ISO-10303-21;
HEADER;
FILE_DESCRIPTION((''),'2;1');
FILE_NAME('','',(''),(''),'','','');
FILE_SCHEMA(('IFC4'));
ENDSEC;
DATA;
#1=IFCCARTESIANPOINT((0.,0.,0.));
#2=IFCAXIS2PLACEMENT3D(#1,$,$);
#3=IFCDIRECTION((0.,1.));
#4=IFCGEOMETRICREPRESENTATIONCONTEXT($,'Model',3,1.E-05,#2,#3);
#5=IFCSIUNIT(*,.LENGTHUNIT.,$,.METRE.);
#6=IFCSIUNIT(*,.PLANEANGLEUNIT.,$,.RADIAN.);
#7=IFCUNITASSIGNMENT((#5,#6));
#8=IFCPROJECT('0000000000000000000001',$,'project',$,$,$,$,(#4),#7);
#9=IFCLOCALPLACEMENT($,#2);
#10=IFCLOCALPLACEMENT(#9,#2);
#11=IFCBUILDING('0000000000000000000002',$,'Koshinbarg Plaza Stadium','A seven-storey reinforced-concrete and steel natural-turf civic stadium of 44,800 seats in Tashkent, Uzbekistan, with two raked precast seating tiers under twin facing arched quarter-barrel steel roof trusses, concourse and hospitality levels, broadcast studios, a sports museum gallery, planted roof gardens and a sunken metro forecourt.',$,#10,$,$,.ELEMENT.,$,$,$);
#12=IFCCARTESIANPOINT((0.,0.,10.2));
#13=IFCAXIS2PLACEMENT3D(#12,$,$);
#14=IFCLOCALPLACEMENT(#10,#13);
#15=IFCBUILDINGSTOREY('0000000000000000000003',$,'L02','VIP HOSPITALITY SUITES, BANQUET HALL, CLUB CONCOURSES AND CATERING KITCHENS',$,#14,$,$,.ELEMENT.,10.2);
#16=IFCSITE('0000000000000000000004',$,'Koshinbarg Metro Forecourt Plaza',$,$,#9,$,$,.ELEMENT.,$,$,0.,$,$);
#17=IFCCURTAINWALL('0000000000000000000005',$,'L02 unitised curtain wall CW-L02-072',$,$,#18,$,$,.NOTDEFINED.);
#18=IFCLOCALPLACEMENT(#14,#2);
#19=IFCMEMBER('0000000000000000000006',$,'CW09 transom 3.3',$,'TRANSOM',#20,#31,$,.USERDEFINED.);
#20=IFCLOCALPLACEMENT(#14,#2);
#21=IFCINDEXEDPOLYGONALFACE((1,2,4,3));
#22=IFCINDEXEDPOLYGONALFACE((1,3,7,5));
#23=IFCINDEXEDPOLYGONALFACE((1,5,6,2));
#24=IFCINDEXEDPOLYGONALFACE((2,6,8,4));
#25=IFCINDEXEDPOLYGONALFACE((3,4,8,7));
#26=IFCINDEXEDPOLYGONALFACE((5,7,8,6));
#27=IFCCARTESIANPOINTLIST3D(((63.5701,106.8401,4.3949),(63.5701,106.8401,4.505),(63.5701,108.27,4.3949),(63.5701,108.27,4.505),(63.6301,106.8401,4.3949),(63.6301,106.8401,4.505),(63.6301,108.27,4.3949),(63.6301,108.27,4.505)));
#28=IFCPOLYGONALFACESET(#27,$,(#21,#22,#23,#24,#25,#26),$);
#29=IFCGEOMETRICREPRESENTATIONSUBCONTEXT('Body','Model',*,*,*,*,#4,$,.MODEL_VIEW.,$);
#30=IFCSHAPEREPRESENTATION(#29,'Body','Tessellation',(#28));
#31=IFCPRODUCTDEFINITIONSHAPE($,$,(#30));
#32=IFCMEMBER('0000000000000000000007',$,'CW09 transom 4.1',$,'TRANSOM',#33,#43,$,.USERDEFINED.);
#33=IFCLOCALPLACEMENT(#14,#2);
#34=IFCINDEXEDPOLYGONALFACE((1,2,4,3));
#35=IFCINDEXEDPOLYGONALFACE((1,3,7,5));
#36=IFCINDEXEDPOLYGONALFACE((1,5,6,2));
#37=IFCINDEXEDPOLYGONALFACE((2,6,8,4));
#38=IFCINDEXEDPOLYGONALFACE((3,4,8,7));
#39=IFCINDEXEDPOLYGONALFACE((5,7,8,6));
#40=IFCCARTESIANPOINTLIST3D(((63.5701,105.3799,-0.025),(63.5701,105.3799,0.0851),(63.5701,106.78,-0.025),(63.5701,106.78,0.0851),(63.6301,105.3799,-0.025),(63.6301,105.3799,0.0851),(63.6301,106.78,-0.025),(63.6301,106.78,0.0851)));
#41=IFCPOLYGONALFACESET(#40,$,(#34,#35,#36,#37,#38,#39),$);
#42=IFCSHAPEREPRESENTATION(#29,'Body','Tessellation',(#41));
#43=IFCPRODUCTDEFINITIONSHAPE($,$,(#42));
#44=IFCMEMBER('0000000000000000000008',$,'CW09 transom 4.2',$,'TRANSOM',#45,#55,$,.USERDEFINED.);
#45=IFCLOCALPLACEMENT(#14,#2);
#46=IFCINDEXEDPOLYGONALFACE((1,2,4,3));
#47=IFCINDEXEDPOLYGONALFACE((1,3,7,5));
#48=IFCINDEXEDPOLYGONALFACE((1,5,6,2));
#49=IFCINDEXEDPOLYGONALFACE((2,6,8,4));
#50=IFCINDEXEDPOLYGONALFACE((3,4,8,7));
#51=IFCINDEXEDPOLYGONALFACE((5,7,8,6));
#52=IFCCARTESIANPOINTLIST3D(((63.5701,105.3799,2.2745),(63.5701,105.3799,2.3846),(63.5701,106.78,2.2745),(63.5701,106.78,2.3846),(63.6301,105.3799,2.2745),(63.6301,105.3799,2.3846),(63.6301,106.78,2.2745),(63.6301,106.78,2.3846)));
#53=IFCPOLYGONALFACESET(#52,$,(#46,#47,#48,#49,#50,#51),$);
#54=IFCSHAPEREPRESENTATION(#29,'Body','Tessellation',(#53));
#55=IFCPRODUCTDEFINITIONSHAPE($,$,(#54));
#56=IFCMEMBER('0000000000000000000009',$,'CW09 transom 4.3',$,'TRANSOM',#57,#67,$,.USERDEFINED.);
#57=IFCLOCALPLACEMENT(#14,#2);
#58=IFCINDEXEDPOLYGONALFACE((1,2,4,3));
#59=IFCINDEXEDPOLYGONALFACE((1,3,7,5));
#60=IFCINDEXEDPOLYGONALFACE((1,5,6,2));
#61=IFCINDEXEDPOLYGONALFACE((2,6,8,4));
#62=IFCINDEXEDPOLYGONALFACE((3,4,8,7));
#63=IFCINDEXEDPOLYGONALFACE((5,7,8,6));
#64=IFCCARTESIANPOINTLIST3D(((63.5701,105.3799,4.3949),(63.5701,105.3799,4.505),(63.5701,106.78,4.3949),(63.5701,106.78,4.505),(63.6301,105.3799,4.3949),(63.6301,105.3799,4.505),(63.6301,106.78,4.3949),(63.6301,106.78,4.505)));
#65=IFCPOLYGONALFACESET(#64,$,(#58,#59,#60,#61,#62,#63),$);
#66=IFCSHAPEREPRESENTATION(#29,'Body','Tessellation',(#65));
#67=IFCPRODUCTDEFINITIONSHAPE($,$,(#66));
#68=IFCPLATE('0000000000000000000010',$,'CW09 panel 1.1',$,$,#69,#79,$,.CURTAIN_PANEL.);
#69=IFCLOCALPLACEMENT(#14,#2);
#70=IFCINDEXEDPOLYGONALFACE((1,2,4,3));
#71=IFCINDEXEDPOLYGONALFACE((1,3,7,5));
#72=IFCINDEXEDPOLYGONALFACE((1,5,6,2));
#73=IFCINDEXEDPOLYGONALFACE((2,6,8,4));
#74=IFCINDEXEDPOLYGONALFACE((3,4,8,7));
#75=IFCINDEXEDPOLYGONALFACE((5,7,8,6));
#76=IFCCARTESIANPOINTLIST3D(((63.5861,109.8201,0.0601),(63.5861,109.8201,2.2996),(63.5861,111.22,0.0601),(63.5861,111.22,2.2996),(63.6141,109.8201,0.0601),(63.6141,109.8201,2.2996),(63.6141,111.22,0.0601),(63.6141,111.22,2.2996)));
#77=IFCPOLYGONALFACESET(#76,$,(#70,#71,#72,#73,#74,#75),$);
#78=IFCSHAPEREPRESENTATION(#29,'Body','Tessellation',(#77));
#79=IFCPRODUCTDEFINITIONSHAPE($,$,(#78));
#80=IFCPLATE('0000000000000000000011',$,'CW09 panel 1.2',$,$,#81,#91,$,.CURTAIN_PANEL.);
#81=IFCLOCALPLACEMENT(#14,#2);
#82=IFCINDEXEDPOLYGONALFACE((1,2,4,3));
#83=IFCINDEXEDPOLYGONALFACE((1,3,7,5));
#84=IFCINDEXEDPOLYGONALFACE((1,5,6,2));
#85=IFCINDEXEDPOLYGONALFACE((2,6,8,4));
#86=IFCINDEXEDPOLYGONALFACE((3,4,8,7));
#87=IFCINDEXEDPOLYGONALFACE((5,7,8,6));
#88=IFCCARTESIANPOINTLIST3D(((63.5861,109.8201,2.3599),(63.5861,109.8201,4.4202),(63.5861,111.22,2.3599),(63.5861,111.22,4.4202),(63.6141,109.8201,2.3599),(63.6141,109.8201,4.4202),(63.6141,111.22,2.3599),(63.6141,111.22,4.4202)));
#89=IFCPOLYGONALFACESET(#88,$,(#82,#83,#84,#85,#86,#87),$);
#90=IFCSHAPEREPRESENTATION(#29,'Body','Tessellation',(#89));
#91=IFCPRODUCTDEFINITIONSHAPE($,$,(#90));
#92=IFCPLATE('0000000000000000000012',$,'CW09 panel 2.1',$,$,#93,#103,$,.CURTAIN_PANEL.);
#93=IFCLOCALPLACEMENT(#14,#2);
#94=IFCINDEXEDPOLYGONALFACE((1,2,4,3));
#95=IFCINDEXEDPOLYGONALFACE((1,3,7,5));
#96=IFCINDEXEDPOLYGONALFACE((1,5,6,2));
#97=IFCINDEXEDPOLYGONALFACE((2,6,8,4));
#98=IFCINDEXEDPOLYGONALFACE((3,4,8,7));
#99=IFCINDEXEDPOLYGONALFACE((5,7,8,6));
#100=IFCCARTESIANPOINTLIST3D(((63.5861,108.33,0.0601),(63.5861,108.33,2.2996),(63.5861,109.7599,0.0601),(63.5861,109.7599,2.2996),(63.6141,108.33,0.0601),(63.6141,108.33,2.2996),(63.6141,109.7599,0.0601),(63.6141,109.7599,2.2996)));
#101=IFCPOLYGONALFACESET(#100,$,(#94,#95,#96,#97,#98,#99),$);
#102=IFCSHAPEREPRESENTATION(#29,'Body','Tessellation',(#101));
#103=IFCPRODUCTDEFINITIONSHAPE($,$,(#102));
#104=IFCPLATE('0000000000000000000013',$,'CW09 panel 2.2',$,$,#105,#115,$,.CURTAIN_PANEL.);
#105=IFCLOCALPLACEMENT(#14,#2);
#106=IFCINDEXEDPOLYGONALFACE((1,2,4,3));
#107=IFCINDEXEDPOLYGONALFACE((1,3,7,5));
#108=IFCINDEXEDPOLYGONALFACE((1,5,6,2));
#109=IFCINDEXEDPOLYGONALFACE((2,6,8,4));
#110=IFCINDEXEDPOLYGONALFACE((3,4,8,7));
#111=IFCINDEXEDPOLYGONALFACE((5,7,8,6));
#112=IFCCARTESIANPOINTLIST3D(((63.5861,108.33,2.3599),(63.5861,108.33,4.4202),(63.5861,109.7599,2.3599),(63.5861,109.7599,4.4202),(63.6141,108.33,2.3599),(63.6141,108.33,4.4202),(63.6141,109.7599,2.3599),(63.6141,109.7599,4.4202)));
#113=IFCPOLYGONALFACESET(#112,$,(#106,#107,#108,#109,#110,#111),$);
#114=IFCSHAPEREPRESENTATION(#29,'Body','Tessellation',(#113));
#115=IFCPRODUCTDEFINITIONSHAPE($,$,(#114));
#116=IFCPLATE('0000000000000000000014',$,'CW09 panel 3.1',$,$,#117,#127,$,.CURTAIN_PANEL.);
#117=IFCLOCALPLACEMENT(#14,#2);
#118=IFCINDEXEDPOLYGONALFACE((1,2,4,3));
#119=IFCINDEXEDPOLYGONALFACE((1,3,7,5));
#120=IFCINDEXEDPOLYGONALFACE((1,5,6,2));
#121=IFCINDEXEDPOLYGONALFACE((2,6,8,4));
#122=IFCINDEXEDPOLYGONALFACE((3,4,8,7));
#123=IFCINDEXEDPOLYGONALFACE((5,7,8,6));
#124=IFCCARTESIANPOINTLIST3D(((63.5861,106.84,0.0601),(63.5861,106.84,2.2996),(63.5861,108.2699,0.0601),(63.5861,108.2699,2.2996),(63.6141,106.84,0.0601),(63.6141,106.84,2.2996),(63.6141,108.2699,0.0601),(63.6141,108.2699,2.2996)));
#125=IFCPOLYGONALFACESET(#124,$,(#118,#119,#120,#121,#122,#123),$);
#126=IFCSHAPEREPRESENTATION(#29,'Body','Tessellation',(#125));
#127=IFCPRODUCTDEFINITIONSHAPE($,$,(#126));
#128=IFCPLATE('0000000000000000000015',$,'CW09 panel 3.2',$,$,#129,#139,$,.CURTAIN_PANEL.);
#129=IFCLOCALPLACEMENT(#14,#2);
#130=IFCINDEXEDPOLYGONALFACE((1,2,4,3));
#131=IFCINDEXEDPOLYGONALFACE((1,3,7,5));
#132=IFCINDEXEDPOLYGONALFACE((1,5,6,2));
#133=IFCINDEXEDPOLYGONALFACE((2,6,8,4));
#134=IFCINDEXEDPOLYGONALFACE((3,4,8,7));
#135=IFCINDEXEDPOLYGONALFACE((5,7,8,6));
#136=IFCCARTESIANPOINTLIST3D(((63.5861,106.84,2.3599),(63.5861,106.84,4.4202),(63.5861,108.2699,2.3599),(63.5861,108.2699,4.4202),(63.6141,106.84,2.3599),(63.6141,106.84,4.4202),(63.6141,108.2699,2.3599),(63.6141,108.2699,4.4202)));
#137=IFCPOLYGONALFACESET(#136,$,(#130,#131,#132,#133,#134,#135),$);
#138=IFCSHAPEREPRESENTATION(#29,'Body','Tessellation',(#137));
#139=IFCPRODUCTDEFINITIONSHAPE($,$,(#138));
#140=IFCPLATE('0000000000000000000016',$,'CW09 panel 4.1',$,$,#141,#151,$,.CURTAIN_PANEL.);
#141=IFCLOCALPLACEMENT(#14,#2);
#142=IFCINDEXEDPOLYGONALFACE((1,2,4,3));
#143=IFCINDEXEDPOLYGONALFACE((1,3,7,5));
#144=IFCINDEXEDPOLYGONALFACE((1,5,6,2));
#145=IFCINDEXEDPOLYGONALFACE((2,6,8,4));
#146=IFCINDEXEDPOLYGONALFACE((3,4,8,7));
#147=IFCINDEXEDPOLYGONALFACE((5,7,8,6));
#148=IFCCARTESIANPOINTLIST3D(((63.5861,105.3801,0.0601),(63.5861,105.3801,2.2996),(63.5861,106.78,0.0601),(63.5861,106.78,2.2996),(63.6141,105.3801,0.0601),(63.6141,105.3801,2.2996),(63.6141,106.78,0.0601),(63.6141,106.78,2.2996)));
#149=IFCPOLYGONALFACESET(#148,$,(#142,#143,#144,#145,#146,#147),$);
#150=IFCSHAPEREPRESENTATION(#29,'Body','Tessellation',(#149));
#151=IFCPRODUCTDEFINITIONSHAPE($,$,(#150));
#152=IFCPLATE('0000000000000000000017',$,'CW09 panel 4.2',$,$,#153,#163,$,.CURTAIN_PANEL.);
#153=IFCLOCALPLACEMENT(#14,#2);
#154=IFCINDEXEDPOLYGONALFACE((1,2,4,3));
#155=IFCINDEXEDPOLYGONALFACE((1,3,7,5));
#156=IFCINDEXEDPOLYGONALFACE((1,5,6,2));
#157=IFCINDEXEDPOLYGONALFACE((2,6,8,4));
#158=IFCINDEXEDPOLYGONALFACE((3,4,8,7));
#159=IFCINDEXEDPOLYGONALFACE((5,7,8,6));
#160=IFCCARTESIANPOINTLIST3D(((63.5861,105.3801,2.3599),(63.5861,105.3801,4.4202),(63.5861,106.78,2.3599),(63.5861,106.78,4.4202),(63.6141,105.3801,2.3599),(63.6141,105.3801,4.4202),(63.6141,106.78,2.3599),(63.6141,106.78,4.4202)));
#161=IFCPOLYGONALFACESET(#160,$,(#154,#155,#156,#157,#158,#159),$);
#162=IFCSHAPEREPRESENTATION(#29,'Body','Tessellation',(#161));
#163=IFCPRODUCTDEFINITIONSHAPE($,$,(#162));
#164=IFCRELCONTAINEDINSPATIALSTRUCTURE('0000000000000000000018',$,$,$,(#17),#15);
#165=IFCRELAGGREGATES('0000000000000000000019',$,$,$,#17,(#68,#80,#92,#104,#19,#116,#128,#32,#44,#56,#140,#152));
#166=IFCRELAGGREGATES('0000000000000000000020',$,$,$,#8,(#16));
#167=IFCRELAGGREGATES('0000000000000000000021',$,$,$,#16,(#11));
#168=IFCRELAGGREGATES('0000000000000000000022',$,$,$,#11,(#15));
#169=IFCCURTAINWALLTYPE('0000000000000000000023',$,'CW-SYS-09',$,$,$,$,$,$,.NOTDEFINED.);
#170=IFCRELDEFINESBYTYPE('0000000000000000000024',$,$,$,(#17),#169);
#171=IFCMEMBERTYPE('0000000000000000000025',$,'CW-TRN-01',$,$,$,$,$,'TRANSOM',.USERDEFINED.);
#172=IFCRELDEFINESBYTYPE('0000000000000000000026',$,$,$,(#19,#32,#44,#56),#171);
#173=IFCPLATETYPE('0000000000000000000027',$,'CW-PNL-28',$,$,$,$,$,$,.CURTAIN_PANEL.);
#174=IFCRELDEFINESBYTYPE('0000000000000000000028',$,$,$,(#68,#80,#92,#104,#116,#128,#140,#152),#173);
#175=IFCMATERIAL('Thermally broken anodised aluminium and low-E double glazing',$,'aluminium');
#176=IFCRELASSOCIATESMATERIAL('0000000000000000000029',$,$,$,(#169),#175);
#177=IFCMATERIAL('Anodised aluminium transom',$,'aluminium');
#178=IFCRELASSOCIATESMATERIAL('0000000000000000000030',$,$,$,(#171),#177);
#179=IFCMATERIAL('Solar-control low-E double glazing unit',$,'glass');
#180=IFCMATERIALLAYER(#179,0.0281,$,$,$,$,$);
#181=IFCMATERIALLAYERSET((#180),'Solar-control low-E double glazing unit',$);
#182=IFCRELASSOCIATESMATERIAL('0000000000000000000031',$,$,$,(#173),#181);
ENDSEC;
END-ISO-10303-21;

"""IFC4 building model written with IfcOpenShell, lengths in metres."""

from ifc_helpers import new_model, si_unit, direction, frame, origin, origin_2d, place, context, subcontext, project, spatial, rectangle, extrude, material, layer, layer_set, material_profile, profile_set, type_object, element, aggregate, save


model = new_model("IFC4")

# Units and contexts
model_context = context("Model", 3, precision=1e-05, world=origin(), true_north=direction((0.0, 1.0)))
body_context = subcontext(model_context, "Body", "Model", "MODEL_VIEW")
ifc_project = project(units=[si_unit("LENGTHUNIT", "METRE"), si_unit("PLANEANGLEUNIT", "RADIAN")], contexts=[model_context])

# Site, building, storey
site_placement = place(None, origin())
site = spatial("IfcSite", under=ifc_project, at=site_placement, Name="Koshinbarg Metro Forecourt Plaza", CompositionType="ELEMENT", RefElevation=0.0)
building_placement = place(site_placement, origin())
building = spatial("IfcBuilding", under=site, at=building_placement, Name="Koshinbarg Plaza Stadium", Description="A seven-storey reinforced-concrete and steel natural-turf civic stadium of 44,800 seats in Tashkent, Uzbekistan, with two raked precast seating tiers under twin facing arched quarter-barrel steel roof trusses, concourse and hospitality levels, broadcast studios, a sports museum gallery, planted roof gardens and a sunken metro forecourt.", CompositionType="ELEMENT")
storey_placement = place(building_placement, frame((0.0, 0.0, 10.2)))
storey = spatial("IfcBuildingStorey", under=building, at=storey_placement, Name="L02", Description="VIP HOSPITALITY SUITES, BANQUET HALL, CLUB CONCOURSES AND CATERING KITCHENS", CompositionType="ELEMENT", Elevation=10.2)

# Curtain wall
ifc_material_1 = material(Name="Thermally broken anodised aluminium and low-E double glazing", Category="aluminium")
curtain_wall_type_1 = type_object("IfcCurtainWallType", Name="CW-SYS-09", PredefinedType="NOTDEFINED", material=ifc_material_1)
curtain_wall_1_placement = place(storey_placement, origin())
curtain_wall_1 = element("IfcCurtainWall", 1, at=curtain_wall_1_placement, inside=storey, type_object=curtain_wall_type_1, Name="L02 unitised curtain wall CW-L02-072", PredefinedType="NOTDEFINED")

# Members
ifc_material_2 = material(Name="Anodised aluminium transom", Category="aluminium")
ifc_material_profile_1 = material_profile(ifc_material_2, rectangle(XDim=0.0601, YDim=0.1101, at=origin_2d()), Name="ALU 60x110")
ifc_profile_set_1 = profile_set([ifc_material_profile_1], Name="Anodised aluminium transom")
member_type_1 = type_object("IfcMemberType", Name="CW-TRN-01", ElementType="TRANSOM", PredefinedType="USERDEFINED", material=ifc_profile_set_1)
member_1_placement = place(storey_placement, frame((63.6001, 108.27, 4.45), z_axis=(0.0, -1.0, 0.0), x_axis=(1.0, 0.0, 0.0)))
member_1 = element("IfcMember", 2, at=member_1_placement, type_object=member_type_1, Name="CW09 transom 3.3", ObjectType="TRANSOM", PredefinedType="USERDEFINED", context=body_context, shape_type="SweptSolid", body=[
    extrude(rectangle(XDim=0.0601, YDim=0.1101, at=origin_2d()), origin(), (0.0, 0.0, 1.0), 1.4299),
])
member_2_placement = place(storey_placement, frame((63.6001, 106.78, 0.03), z_axis=(0.0, -1.0, 0.0), x_axis=(1.0, 0.0, 0.0)))
member_2 = element("IfcMember", 3, at=member_2_placement, type_object=member_type_1, Name="CW09 transom 4.1", ObjectType="TRANSOM", PredefinedType="USERDEFINED", context=body_context, shape_type="SweptSolid", body=[
    extrude(rectangle(XDim=0.0601, YDim=0.1101, at=origin_2d()), origin(), (0.0, 0.0, 1.0), 1.4001),
])
member_3_placement = place(storey_placement, frame((63.6001, 106.78, 2.3296), z_axis=(0.0, -1.0, 0.0), x_axis=(1.0, 0.0, 0.0)))
member_3 = element("IfcMember", 4, at=member_3_placement, type_object=member_type_1, Name="CW09 transom 4.2", ObjectType="TRANSOM", PredefinedType="USERDEFINED", context=body_context, shape_type="SweptSolid", body=[
    extrude(rectangle(XDim=0.0601, YDim=0.1101, at=origin_2d()), origin(), (0.0, 0.0, 1.0), 1.4001),
])
member_4_placement = place(storey_placement, frame((63.6001, 106.78, 4.45), z_axis=(0.0, -1.0, 0.0), x_axis=(1.0, 0.0, 0.0)))
member_4 = element("IfcMember", 5, at=member_4_placement, type_object=member_type_1, Name="CW09 transom 4.3", ObjectType="TRANSOM", PredefinedType="USERDEFINED", context=body_context, shape_type="SweptSolid", body=[
    extrude(rectangle(XDim=0.0601, YDim=0.1101, at=origin_2d()), origin(), (0.0, 0.0, 1.0), 1.4001),
])

# Plates
ifc_material_3 = material(Name="Solar-control low-E double glazing unit", Category="glass")
ifc_layer = layer(ifc_material_3, 0.0281)
ifc_layer_set = layer_set([ifc_layer], Name="Solar-control low-E double glazing unit")
plate_type = type_object("IfcPlateType", Name="CW-PNL-28", PredefinedType="CURTAIN_PANEL", material=ifc_layer_set)
plate_1_placement = place(storey_placement, frame((63.6001, 110.52, 0.0601), z_axis=(0.0, 0.0, 1.0), x_axis=(0.0, -1.0, 0.0)))
plate_1 = element("IfcPlate", 6, at=plate_1_placement, type_object=plate_type, Name="CW09 panel 1.1", PredefinedType="CURTAIN_PANEL", context=body_context, shape_type="SweptSolid", body=[
    extrude(rectangle(XDim=1.3999, YDim=0.0281, at=origin_2d()), origin(), (0.0, 0.0, 1.0), 2.2395),
])
plate_2_placement = place(storey_placement, frame((63.6001, 110.52, 2.3599), z_axis=(0.0, 0.0, 1.0), x_axis=(0.0, -1.0, 0.0)))
plate_2 = element("IfcPlate", 7, at=plate_2_placement, type_object=plate_type, Name="CW09 panel 1.2", PredefinedType="CURTAIN_PANEL", context=body_context, shape_type="SweptSolid", body=[
    extrude(rectangle(XDim=1.3999, YDim=0.0281, at=origin_2d()), origin(), (0.0, 0.0, 1.0), 2.0603),
])
plate_3_placement = place(storey_placement, frame((63.6001, 109.0449, 0.0601), z_axis=(0.0, 0.0, 1.0), x_axis=(0.0, -1.0, 0.0)))
plate_3 = element("IfcPlate", 8, at=plate_3_placement, type_object=plate_type, Name="CW09 panel 2.1", PredefinedType="CURTAIN_PANEL", context=body_context, shape_type="SweptSolid", body=[
    extrude(rectangle(XDim=1.4299, YDim=0.0281, at=origin_2d()), origin(), (0.0, 0.0, 1.0), 2.2395),
])
plate_4_placement = place(storey_placement, frame((63.6001, 109.0449, 2.3599), z_axis=(0.0, 0.0, 1.0), x_axis=(0.0, -1.0, 0.0)))
plate_4 = element("IfcPlate", 9, at=plate_4_placement, type_object=plate_type, Name="CW09 panel 2.2", PredefinedType="CURTAIN_PANEL", context=body_context, shape_type="SweptSolid", body=[
    extrude(rectangle(XDim=1.4299, YDim=0.0281, at=origin_2d()), origin(), (0.0, 0.0, 1.0), 2.0603),
])
plate_5_placement = place(storey_placement, frame((63.6001, 107.5549, 0.0601), z_axis=(0.0, 0.0, 1.0), x_axis=(0.0, -1.0, 0.0)))
plate_5 = element("IfcPlate", 10, at=plate_5_placement, type_object=plate_type, Name="CW09 panel 3.1", PredefinedType="CURTAIN_PANEL", context=body_context, shape_type="SweptSolid", body=[
    extrude(rectangle(XDim=1.4299, YDim=0.0281, at=origin_2d()), origin(), (0.0, 0.0, 1.0), 2.2395),
])
plate_6_placement = place(storey_placement, frame((63.6001, 107.5549, 2.3599), z_axis=(0.0, 0.0, 1.0), x_axis=(0.0, -1.0, 0.0)))
plate_6 = element("IfcPlate", 11, at=plate_6_placement, type_object=plate_type, Name="CW09 panel 3.2", PredefinedType="CURTAIN_PANEL", context=body_context, shape_type="SweptSolid", body=[
    extrude(rectangle(XDim=1.4299, YDim=0.0281, at=origin_2d()), origin(), (0.0, 0.0, 1.0), 2.0603),
])
plate_7_placement = place(storey_placement, frame((63.6001, 106.0801, 0.0601), z_axis=(0.0, 0.0, 1.0), x_axis=(0.0, -1.0, 0.0)))
plate_7 = element("IfcPlate", 12, at=plate_7_placement, type_object=plate_type, Name="CW09 panel 4.1", PredefinedType="CURTAIN_PANEL", context=body_context, shape_type="SweptSolid", body=[
    extrude(rectangle(XDim=1.3999, YDim=0.0281, at=origin_2d()), origin(), (0.0, 0.0, 1.0), 2.2395),
])
plate_8_placement = place(storey_placement, frame((63.6001, 106.0801, 2.3599), z_axis=(0.0, 0.0, 1.0), x_axis=(0.0, -1.0, 0.0)))
plate_8 = element("IfcPlate", 13, at=plate_8_placement, type_object=plate_type, Name="CW09 panel 4.2", PredefinedType="CURTAIN_PANEL", context=body_context, shape_type="SweptSolid", body=[
    extrude(rectangle(XDim=1.3999, YDim=0.0281, at=origin_2d()), origin(), (0.0, 0.0, 1.0), 2.0603),
])
aggregate(curtain_wall_1, [plate_1, plate_2, plate_3, plate_4, member_1, plate_5, plate_6, member_2, member_3, member_4, plate_7, plate_8])

save(model, "model.ifc")
